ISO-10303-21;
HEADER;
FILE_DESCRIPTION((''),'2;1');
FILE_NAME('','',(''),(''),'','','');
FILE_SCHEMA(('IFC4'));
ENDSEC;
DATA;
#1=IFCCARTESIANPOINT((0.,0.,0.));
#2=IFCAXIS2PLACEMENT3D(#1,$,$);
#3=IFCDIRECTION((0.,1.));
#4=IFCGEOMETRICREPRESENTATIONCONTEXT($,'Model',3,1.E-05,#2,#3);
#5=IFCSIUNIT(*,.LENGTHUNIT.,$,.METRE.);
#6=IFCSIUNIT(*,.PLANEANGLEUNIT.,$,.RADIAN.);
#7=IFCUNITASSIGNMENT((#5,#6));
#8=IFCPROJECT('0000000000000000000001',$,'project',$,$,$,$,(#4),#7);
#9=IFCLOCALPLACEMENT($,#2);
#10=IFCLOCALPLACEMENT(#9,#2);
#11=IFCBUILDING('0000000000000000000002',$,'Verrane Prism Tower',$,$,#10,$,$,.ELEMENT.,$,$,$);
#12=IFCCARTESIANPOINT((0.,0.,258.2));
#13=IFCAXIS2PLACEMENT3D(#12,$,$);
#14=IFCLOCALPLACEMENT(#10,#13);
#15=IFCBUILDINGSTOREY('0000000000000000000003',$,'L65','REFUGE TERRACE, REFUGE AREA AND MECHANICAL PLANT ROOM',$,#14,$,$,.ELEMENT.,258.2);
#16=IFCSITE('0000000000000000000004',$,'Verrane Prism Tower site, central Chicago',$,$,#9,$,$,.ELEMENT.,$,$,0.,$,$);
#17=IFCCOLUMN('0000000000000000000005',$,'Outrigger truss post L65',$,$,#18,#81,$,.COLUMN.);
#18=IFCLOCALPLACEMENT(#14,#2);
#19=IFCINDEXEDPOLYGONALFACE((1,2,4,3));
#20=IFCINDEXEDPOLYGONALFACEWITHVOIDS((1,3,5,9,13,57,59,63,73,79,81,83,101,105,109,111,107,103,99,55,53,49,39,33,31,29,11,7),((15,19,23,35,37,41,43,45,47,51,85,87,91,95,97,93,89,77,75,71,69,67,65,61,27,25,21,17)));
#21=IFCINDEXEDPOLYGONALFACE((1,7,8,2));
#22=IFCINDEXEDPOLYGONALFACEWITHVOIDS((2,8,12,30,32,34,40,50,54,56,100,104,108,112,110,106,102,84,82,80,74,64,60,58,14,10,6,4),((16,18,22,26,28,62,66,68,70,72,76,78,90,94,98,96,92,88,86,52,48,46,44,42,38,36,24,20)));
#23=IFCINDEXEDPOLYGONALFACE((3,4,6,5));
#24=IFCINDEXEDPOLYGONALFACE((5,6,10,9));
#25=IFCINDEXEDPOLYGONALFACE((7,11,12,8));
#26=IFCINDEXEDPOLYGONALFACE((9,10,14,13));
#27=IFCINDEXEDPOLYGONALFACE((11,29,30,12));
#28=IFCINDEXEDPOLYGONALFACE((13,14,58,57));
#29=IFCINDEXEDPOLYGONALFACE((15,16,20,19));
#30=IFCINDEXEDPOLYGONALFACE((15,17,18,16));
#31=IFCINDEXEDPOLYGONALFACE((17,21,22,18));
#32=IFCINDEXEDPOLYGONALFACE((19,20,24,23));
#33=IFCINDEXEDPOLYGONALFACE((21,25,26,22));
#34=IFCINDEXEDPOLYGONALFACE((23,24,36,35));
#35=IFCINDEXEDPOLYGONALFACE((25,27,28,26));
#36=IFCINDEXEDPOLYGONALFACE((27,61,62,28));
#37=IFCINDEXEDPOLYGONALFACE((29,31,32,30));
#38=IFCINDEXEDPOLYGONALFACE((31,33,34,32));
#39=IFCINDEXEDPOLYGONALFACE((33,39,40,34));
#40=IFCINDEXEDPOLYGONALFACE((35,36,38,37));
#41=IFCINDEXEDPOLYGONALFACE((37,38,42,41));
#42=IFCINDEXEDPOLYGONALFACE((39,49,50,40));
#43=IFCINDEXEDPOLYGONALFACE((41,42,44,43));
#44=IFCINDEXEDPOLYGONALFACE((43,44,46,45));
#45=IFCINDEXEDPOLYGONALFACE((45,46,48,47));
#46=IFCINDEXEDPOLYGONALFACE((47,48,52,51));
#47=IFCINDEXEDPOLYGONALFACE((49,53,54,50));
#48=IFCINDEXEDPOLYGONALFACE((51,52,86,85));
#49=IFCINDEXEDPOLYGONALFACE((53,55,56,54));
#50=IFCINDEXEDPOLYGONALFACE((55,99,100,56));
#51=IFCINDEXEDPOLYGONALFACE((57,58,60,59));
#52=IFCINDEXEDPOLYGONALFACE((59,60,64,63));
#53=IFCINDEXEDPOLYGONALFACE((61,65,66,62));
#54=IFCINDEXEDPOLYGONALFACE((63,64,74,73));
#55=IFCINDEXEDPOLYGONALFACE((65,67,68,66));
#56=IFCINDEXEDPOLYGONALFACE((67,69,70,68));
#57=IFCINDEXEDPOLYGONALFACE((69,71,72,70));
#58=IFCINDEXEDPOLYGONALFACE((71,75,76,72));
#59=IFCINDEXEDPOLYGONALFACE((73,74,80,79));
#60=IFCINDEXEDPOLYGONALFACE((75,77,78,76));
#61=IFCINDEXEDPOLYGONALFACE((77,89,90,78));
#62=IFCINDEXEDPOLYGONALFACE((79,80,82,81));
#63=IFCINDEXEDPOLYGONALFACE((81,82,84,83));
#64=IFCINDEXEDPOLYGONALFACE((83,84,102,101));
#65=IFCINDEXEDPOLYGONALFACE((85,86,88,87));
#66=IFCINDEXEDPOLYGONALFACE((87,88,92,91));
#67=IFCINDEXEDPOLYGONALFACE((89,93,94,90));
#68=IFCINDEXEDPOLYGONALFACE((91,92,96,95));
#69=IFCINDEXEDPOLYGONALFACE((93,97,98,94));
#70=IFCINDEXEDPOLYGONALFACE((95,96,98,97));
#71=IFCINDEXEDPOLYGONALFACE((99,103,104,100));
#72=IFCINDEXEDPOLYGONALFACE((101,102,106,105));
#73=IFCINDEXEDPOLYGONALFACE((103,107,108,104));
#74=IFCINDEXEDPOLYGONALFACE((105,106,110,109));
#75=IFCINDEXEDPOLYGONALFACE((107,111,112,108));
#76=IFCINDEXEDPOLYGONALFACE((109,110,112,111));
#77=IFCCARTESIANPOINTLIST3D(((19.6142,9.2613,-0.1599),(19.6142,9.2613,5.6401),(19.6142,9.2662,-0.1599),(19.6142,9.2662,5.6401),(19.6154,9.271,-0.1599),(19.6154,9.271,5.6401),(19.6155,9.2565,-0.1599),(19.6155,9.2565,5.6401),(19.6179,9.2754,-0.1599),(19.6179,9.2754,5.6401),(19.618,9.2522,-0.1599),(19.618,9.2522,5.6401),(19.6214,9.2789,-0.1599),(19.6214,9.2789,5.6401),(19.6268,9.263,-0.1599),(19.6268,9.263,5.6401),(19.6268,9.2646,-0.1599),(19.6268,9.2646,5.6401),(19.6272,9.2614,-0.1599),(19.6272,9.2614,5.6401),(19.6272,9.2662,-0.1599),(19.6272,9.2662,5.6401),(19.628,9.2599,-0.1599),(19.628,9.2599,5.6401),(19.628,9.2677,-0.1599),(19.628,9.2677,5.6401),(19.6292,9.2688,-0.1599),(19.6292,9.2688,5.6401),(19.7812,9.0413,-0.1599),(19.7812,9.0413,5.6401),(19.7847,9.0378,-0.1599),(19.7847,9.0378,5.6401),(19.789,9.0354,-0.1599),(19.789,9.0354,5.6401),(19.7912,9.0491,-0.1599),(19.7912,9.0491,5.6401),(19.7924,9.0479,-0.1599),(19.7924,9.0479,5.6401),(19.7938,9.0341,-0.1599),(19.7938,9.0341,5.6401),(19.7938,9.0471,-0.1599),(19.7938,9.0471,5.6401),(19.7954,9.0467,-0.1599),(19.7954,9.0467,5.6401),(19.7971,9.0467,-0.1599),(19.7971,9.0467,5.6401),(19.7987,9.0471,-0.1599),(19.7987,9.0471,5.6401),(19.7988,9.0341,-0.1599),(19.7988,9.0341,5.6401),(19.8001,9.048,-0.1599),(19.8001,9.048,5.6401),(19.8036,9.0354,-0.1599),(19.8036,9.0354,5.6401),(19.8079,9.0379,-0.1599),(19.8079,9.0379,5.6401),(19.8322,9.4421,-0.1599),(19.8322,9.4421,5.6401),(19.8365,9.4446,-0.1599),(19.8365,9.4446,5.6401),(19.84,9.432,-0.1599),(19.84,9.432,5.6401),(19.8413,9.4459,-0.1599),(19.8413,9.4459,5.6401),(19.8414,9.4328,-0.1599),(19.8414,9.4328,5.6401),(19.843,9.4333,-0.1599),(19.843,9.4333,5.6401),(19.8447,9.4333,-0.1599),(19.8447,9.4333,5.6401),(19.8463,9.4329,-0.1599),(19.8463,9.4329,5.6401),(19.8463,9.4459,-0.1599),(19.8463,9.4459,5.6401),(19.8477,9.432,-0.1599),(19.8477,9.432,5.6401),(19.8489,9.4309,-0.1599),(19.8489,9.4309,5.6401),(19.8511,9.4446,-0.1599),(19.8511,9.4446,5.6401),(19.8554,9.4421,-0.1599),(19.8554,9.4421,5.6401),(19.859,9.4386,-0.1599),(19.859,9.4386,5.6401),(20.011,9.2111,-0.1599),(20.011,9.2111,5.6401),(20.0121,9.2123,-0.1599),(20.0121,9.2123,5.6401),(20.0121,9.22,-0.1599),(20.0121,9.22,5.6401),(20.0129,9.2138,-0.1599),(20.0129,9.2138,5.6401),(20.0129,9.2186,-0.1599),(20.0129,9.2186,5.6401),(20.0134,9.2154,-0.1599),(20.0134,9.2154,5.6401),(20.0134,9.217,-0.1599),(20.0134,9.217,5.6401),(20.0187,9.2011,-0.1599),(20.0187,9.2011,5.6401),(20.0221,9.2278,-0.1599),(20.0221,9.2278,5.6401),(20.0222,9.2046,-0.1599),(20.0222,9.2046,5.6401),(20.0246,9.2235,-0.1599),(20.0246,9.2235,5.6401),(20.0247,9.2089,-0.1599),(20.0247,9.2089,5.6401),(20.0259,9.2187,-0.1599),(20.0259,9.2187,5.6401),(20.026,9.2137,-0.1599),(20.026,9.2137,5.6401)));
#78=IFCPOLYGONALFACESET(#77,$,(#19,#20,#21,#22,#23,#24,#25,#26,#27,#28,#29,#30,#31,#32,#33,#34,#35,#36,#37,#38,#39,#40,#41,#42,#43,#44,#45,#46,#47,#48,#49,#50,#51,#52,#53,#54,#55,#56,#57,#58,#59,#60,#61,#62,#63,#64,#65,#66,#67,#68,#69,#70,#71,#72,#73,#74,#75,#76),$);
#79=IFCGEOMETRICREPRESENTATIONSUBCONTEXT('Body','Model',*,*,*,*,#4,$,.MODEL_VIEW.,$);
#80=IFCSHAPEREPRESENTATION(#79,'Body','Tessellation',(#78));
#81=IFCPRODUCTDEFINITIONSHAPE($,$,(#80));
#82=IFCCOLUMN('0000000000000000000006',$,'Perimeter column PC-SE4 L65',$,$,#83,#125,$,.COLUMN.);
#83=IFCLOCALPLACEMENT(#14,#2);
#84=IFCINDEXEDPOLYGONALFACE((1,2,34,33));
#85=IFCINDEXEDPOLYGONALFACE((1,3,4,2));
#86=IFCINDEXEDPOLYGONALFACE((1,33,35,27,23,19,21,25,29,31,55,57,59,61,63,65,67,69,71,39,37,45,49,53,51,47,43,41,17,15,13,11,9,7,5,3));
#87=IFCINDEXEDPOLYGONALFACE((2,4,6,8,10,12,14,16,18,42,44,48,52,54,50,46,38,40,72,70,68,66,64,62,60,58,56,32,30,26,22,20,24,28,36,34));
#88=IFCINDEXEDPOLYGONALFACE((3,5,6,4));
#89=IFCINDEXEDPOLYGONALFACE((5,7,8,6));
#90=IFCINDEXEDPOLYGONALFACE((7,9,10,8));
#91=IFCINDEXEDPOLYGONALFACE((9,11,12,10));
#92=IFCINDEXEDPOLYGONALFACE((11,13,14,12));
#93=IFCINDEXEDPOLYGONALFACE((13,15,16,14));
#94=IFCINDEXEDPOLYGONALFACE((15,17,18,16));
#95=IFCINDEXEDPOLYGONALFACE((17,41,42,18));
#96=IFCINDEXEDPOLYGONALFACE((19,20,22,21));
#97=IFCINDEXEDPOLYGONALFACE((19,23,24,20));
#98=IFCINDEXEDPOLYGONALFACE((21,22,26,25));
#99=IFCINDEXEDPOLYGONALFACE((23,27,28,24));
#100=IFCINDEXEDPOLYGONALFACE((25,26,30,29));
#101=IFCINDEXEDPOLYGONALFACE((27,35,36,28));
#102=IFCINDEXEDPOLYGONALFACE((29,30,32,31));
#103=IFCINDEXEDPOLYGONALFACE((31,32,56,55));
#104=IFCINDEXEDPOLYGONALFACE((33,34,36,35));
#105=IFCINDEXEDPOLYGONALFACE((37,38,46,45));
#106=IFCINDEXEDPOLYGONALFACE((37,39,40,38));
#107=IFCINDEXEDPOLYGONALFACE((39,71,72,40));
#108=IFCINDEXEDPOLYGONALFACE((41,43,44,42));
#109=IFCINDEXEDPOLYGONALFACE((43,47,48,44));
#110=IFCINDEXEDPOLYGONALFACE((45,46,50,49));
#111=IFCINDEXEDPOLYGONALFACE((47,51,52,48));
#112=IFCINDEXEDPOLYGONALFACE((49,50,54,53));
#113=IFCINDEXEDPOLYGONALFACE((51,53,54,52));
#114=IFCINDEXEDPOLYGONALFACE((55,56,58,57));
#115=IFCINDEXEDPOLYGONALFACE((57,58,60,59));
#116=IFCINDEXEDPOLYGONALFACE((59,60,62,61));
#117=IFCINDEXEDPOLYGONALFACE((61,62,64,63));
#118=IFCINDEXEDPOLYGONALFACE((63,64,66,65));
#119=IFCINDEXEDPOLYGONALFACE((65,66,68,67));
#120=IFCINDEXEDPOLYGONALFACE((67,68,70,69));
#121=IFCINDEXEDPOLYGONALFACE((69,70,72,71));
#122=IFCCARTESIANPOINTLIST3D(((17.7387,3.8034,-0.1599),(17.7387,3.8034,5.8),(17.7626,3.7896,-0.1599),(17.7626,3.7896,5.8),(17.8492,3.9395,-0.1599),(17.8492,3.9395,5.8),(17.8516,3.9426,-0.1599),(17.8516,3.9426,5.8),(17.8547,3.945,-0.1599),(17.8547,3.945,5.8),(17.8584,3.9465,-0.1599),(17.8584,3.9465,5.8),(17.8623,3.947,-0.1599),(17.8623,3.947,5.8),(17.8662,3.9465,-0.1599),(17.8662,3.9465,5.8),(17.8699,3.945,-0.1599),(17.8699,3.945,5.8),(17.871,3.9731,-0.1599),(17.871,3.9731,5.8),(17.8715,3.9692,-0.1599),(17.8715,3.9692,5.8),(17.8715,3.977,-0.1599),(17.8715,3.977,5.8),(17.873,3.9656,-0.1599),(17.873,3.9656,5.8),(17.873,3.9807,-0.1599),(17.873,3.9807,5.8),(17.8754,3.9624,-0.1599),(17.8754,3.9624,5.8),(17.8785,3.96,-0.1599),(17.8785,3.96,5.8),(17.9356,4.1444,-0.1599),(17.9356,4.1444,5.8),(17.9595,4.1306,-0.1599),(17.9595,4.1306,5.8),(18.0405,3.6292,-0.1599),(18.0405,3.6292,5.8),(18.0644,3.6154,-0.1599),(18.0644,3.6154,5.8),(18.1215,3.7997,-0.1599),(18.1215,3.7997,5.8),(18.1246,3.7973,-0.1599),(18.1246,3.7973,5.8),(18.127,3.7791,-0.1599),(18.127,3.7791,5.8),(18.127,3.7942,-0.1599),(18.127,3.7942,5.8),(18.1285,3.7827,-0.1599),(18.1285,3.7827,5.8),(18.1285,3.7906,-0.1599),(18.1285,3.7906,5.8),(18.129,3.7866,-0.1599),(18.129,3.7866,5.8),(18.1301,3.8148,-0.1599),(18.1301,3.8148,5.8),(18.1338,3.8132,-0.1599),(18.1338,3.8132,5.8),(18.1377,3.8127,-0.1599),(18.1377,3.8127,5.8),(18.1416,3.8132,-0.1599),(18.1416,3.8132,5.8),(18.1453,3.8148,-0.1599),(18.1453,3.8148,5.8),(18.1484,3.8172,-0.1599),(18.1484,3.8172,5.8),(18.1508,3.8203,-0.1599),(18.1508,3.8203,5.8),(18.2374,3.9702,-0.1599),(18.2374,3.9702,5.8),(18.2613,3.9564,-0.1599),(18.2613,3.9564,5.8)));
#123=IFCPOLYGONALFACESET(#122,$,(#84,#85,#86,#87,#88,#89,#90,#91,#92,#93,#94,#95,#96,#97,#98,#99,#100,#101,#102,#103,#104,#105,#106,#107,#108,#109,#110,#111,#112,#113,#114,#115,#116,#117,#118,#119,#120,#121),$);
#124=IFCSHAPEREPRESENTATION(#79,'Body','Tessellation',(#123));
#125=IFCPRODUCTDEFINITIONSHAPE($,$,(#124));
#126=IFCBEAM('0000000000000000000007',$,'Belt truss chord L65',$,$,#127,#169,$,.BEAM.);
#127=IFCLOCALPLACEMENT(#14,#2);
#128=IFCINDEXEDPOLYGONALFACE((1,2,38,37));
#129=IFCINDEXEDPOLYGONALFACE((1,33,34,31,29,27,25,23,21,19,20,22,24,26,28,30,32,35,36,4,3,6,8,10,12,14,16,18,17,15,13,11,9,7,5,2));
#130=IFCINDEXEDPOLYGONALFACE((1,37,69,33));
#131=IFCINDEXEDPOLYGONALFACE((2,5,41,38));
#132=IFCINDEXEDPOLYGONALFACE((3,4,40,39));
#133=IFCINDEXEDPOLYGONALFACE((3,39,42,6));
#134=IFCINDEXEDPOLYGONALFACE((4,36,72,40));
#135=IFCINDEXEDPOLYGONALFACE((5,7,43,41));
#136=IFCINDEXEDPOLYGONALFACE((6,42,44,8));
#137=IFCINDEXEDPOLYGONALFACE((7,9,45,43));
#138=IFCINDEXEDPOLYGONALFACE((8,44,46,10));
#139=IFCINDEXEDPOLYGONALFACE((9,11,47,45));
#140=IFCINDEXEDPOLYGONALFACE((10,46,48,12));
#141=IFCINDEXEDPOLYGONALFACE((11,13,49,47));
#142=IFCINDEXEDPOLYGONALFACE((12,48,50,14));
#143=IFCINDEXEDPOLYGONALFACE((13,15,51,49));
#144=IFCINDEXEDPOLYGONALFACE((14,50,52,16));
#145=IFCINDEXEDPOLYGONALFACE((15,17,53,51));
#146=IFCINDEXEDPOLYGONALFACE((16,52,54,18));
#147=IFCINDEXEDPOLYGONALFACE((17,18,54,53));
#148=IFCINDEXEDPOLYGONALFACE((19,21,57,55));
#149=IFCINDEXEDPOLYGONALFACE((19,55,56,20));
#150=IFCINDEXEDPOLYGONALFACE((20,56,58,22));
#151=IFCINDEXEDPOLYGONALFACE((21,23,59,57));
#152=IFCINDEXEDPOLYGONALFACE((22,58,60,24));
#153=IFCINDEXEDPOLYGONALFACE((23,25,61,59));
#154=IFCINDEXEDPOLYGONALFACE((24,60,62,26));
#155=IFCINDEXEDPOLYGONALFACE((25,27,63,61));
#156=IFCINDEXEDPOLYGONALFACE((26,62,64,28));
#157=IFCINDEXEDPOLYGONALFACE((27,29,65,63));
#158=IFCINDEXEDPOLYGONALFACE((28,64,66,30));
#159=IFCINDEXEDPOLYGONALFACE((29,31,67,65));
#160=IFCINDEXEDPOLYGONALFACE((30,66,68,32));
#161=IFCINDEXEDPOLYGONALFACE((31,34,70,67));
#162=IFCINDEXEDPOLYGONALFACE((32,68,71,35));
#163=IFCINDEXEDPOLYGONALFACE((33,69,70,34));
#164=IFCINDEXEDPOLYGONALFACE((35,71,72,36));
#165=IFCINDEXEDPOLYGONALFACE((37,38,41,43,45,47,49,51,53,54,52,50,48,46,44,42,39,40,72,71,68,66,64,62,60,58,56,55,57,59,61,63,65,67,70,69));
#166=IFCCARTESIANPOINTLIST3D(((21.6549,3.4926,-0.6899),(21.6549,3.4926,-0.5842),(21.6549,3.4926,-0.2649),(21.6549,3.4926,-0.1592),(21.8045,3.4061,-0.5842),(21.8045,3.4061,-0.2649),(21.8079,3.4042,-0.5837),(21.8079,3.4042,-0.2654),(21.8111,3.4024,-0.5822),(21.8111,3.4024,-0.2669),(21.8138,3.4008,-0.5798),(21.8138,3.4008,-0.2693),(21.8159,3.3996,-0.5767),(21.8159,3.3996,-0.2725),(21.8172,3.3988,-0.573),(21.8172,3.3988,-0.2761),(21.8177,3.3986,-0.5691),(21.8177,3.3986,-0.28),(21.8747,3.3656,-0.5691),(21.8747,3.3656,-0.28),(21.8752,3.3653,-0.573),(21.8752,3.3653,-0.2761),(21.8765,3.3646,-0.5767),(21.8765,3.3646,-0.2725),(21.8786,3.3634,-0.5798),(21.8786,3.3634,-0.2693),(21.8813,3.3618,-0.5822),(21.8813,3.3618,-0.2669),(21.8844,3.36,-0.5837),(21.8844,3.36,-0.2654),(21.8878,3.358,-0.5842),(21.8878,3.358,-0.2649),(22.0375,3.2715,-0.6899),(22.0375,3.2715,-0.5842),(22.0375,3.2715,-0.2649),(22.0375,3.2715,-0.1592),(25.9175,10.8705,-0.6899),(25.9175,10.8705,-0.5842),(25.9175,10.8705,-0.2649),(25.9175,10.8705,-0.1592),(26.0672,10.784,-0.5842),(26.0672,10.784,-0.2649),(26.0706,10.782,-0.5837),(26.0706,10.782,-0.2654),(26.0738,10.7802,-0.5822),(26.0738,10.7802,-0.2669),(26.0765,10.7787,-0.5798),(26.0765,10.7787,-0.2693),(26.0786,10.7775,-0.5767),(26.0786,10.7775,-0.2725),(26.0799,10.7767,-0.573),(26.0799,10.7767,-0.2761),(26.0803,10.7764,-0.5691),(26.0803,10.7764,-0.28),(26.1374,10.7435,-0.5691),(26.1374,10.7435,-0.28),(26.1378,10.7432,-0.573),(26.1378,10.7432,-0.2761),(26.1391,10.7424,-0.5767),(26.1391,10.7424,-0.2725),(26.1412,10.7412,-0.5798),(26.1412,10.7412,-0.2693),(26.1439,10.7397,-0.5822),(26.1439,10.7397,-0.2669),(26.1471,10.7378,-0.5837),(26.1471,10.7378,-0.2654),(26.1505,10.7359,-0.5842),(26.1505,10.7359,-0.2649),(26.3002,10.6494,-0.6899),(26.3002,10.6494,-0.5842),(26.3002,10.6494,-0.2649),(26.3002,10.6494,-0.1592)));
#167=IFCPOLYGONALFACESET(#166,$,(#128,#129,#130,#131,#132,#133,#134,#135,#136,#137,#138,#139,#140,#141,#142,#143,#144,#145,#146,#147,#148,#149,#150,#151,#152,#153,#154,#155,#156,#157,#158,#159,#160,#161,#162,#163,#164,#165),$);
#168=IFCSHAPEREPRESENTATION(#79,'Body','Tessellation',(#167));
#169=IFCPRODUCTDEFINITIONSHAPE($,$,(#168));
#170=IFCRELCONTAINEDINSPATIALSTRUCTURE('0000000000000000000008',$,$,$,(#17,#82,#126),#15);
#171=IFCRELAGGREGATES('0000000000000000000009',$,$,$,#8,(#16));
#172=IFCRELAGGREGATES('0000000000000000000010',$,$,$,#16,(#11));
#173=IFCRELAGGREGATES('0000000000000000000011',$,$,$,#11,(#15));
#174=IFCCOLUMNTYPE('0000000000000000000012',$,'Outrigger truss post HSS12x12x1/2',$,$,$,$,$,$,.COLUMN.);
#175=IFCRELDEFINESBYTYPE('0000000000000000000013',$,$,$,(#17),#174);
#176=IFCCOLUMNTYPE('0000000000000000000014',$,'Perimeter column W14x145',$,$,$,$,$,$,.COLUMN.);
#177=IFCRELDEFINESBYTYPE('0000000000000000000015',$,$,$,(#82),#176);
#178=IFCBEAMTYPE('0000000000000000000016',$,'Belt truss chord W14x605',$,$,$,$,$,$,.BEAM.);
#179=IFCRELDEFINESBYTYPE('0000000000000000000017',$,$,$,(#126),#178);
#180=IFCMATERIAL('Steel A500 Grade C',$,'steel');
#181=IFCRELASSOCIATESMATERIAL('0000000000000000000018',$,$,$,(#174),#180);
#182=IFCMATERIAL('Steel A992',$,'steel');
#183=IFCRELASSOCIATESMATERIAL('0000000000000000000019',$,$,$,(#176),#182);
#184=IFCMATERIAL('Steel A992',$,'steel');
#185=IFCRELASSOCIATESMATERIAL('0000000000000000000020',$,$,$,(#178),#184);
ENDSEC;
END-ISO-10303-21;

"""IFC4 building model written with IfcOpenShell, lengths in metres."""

from ifc_helpers import new_model, si_unit, direction, frame, origin, origin_2d, place, context, subcontext, project, spatial, hollow_rectangle, i_section, extrude, material, material_profile, profile_set, type_object, element, save


model = new_model("IFC4")

# Units and contexts
model_context = context("Model", 3, precision=1e-05, world=origin(), true_north=direction((0.0, 1.0)))
body_context = subcontext(model_context, "Body", "Model", "MODEL_VIEW")
ifc_project = project(units=[si_unit("LENGTHUNIT", "METRE"), si_unit("PLANEANGLEUNIT", "RADIAN")], contexts=[model_context])

# Site, building, storey
site_placement = place(None, origin())
site = spatial("IfcSite", under=ifc_project, at=site_placement, Name="Verrane Prism Tower site, central Chicago", CompositionType="ELEMENT", RefElevation=0.0)
building_placement = place(site_placement, origin())
building = spatial("IfcBuilding", under=site, at=building_placement, Name="Verrane Prism Tower", CompositionType="ELEMENT")
storey_placement = place(building_placement, frame((0.0, 0.0, 258.2)))
storey = spatial("IfcBuildingStorey", under=building, at=storey_placement, Name="L65", Description="REFUGE TERRACE, REFUGE AREA AND MECHANICAL PLANT ROOM", CompositionType="ELEMENT", Elevation=258.2)

# Columns
ifc_material_1 = material(Name="Steel A500 Grade C", Category="steel")
ifc_material_profile_1 = material_profile(ifc_material_1, hollow_rectangle(XDim=0.3047, YDim=0.3047, WallThickness=0.0127, InnerFilletRadius=0.0063, OuterFilletRadius=0.019, at=origin_2d()), Name="HSS12x12x1/2")
ifc_profile_set_1 = profile_set([ifc_material_profile_1], Name="Steel A500 Grade C")
column_type_1 = type_object("IfcColumnType", Name="Outrigger truss post HSS12x12x1/2", PredefinedType="COLUMN", material=ifc_profile_set_1)
column_1_placement = place(storey_placement, frame((19.8201, 9.24, -0.1599), z_axis=(0.0, 0.0, 1.0), x_axis=(-0.612035, 0.790831, 0.0)))
element("IfcColumn", 1, at=column_1_placement, inside=storey, type_object=column_type_1, Name="Outrigger truss post L65", PredefinedType="COLUMN", context=body_context, shape_type="SweptSolid", body=[
    extrude(hollow_rectangle(XDim=0.3047, YDim=0.3047, WallThickness=0.0127, InnerFilletRadius=0.0063, OuterFilletRadius=0.019, at=origin_2d()), origin(), (0.0, 0.0, 1.0), 5.8),
])
ifc_material_2 = material(Name="Steel A992", Category="steel")
ifc_material_profile_2 = material_profile(ifc_material_2, i_section(OverallWidth=0.3938, OverallDepth=0.376, WebThickness=0.0173, FlangeThickness=0.0276, FilletRadius=0.0151, at=origin_2d()), Name="W14x145")
ifc_profile_set_2 = profile_set([ifc_material_profile_2], Name="Steel A992")
column_type_2 = type_object("IfcColumnType", Name="Perimeter column W14x145", PredefinedType="COLUMN", material=ifc_profile_set_2)
column_2_placement = place(storey_placement, frame((18.0, 3.8799, -0.1599), z_axis=(0.0, 0.0, 1.0), x_axis=(-0.5, -0.866025, 0.0)))
element("IfcColumn", 2, at=column_2_placement, inside=storey, type_object=column_type_2, Name="Perimeter column PC-SE4 L65", PredefinedType="COLUMN", context=body_context, shape_type="SweptSolid", body=[
    extrude(i_section(OverallWidth=0.3938, OverallDepth=0.376, WebThickness=0.0173, FlangeThickness=0.0276, FilletRadius=0.0151, at=origin_2d()), origin(), (0.0, 0.0, 1.0), 5.96),
])

# Beam
ifc_material_3 = material(Name="Steel A992", Category="steel")
ifc_material_profile_3 = material_profile(ifc_material_3, i_section(OverallWidth=0.4419, OverallDepth=0.5308, WebThickness=0.0659, FlangeThickness=0.1057, FilletRadius=0.0151, at=origin_2d()), Name="W14x605")
ifc_profile_set_3 = profile_set([ifc_material_profile_3], Name="Steel A992")
beam_type_1 = type_object("IfcBeamType", Name="Belt truss chord W14x605", PredefinedType="BEAM", material=ifc_profile_set_3)
beam_1_placement = place(storey_placement, frame((21.8462, 3.3821, -0.4246), z_axis=(0.500268, 0.865871, 0.0), x_axis=(-0.865871, 0.500268, 0.0)))
element("IfcBeam", 3, at=beam_1_placement, inside=storey, type_object=beam_type_1, Name="Belt truss chord L65", PredefinedType="BEAM", context=body_context, shape_type="SweptSolid", body=[
    extrude(i_section(OverallWidth=0.4419, OverallDepth=0.5308, WebThickness=0.0659, FlangeThickness=0.1057, FilletRadius=0.0151, at=origin_2d()), origin(), (0.0, 0.0, 1.0), 8.5208),
])

save(model, "model.ifc")
